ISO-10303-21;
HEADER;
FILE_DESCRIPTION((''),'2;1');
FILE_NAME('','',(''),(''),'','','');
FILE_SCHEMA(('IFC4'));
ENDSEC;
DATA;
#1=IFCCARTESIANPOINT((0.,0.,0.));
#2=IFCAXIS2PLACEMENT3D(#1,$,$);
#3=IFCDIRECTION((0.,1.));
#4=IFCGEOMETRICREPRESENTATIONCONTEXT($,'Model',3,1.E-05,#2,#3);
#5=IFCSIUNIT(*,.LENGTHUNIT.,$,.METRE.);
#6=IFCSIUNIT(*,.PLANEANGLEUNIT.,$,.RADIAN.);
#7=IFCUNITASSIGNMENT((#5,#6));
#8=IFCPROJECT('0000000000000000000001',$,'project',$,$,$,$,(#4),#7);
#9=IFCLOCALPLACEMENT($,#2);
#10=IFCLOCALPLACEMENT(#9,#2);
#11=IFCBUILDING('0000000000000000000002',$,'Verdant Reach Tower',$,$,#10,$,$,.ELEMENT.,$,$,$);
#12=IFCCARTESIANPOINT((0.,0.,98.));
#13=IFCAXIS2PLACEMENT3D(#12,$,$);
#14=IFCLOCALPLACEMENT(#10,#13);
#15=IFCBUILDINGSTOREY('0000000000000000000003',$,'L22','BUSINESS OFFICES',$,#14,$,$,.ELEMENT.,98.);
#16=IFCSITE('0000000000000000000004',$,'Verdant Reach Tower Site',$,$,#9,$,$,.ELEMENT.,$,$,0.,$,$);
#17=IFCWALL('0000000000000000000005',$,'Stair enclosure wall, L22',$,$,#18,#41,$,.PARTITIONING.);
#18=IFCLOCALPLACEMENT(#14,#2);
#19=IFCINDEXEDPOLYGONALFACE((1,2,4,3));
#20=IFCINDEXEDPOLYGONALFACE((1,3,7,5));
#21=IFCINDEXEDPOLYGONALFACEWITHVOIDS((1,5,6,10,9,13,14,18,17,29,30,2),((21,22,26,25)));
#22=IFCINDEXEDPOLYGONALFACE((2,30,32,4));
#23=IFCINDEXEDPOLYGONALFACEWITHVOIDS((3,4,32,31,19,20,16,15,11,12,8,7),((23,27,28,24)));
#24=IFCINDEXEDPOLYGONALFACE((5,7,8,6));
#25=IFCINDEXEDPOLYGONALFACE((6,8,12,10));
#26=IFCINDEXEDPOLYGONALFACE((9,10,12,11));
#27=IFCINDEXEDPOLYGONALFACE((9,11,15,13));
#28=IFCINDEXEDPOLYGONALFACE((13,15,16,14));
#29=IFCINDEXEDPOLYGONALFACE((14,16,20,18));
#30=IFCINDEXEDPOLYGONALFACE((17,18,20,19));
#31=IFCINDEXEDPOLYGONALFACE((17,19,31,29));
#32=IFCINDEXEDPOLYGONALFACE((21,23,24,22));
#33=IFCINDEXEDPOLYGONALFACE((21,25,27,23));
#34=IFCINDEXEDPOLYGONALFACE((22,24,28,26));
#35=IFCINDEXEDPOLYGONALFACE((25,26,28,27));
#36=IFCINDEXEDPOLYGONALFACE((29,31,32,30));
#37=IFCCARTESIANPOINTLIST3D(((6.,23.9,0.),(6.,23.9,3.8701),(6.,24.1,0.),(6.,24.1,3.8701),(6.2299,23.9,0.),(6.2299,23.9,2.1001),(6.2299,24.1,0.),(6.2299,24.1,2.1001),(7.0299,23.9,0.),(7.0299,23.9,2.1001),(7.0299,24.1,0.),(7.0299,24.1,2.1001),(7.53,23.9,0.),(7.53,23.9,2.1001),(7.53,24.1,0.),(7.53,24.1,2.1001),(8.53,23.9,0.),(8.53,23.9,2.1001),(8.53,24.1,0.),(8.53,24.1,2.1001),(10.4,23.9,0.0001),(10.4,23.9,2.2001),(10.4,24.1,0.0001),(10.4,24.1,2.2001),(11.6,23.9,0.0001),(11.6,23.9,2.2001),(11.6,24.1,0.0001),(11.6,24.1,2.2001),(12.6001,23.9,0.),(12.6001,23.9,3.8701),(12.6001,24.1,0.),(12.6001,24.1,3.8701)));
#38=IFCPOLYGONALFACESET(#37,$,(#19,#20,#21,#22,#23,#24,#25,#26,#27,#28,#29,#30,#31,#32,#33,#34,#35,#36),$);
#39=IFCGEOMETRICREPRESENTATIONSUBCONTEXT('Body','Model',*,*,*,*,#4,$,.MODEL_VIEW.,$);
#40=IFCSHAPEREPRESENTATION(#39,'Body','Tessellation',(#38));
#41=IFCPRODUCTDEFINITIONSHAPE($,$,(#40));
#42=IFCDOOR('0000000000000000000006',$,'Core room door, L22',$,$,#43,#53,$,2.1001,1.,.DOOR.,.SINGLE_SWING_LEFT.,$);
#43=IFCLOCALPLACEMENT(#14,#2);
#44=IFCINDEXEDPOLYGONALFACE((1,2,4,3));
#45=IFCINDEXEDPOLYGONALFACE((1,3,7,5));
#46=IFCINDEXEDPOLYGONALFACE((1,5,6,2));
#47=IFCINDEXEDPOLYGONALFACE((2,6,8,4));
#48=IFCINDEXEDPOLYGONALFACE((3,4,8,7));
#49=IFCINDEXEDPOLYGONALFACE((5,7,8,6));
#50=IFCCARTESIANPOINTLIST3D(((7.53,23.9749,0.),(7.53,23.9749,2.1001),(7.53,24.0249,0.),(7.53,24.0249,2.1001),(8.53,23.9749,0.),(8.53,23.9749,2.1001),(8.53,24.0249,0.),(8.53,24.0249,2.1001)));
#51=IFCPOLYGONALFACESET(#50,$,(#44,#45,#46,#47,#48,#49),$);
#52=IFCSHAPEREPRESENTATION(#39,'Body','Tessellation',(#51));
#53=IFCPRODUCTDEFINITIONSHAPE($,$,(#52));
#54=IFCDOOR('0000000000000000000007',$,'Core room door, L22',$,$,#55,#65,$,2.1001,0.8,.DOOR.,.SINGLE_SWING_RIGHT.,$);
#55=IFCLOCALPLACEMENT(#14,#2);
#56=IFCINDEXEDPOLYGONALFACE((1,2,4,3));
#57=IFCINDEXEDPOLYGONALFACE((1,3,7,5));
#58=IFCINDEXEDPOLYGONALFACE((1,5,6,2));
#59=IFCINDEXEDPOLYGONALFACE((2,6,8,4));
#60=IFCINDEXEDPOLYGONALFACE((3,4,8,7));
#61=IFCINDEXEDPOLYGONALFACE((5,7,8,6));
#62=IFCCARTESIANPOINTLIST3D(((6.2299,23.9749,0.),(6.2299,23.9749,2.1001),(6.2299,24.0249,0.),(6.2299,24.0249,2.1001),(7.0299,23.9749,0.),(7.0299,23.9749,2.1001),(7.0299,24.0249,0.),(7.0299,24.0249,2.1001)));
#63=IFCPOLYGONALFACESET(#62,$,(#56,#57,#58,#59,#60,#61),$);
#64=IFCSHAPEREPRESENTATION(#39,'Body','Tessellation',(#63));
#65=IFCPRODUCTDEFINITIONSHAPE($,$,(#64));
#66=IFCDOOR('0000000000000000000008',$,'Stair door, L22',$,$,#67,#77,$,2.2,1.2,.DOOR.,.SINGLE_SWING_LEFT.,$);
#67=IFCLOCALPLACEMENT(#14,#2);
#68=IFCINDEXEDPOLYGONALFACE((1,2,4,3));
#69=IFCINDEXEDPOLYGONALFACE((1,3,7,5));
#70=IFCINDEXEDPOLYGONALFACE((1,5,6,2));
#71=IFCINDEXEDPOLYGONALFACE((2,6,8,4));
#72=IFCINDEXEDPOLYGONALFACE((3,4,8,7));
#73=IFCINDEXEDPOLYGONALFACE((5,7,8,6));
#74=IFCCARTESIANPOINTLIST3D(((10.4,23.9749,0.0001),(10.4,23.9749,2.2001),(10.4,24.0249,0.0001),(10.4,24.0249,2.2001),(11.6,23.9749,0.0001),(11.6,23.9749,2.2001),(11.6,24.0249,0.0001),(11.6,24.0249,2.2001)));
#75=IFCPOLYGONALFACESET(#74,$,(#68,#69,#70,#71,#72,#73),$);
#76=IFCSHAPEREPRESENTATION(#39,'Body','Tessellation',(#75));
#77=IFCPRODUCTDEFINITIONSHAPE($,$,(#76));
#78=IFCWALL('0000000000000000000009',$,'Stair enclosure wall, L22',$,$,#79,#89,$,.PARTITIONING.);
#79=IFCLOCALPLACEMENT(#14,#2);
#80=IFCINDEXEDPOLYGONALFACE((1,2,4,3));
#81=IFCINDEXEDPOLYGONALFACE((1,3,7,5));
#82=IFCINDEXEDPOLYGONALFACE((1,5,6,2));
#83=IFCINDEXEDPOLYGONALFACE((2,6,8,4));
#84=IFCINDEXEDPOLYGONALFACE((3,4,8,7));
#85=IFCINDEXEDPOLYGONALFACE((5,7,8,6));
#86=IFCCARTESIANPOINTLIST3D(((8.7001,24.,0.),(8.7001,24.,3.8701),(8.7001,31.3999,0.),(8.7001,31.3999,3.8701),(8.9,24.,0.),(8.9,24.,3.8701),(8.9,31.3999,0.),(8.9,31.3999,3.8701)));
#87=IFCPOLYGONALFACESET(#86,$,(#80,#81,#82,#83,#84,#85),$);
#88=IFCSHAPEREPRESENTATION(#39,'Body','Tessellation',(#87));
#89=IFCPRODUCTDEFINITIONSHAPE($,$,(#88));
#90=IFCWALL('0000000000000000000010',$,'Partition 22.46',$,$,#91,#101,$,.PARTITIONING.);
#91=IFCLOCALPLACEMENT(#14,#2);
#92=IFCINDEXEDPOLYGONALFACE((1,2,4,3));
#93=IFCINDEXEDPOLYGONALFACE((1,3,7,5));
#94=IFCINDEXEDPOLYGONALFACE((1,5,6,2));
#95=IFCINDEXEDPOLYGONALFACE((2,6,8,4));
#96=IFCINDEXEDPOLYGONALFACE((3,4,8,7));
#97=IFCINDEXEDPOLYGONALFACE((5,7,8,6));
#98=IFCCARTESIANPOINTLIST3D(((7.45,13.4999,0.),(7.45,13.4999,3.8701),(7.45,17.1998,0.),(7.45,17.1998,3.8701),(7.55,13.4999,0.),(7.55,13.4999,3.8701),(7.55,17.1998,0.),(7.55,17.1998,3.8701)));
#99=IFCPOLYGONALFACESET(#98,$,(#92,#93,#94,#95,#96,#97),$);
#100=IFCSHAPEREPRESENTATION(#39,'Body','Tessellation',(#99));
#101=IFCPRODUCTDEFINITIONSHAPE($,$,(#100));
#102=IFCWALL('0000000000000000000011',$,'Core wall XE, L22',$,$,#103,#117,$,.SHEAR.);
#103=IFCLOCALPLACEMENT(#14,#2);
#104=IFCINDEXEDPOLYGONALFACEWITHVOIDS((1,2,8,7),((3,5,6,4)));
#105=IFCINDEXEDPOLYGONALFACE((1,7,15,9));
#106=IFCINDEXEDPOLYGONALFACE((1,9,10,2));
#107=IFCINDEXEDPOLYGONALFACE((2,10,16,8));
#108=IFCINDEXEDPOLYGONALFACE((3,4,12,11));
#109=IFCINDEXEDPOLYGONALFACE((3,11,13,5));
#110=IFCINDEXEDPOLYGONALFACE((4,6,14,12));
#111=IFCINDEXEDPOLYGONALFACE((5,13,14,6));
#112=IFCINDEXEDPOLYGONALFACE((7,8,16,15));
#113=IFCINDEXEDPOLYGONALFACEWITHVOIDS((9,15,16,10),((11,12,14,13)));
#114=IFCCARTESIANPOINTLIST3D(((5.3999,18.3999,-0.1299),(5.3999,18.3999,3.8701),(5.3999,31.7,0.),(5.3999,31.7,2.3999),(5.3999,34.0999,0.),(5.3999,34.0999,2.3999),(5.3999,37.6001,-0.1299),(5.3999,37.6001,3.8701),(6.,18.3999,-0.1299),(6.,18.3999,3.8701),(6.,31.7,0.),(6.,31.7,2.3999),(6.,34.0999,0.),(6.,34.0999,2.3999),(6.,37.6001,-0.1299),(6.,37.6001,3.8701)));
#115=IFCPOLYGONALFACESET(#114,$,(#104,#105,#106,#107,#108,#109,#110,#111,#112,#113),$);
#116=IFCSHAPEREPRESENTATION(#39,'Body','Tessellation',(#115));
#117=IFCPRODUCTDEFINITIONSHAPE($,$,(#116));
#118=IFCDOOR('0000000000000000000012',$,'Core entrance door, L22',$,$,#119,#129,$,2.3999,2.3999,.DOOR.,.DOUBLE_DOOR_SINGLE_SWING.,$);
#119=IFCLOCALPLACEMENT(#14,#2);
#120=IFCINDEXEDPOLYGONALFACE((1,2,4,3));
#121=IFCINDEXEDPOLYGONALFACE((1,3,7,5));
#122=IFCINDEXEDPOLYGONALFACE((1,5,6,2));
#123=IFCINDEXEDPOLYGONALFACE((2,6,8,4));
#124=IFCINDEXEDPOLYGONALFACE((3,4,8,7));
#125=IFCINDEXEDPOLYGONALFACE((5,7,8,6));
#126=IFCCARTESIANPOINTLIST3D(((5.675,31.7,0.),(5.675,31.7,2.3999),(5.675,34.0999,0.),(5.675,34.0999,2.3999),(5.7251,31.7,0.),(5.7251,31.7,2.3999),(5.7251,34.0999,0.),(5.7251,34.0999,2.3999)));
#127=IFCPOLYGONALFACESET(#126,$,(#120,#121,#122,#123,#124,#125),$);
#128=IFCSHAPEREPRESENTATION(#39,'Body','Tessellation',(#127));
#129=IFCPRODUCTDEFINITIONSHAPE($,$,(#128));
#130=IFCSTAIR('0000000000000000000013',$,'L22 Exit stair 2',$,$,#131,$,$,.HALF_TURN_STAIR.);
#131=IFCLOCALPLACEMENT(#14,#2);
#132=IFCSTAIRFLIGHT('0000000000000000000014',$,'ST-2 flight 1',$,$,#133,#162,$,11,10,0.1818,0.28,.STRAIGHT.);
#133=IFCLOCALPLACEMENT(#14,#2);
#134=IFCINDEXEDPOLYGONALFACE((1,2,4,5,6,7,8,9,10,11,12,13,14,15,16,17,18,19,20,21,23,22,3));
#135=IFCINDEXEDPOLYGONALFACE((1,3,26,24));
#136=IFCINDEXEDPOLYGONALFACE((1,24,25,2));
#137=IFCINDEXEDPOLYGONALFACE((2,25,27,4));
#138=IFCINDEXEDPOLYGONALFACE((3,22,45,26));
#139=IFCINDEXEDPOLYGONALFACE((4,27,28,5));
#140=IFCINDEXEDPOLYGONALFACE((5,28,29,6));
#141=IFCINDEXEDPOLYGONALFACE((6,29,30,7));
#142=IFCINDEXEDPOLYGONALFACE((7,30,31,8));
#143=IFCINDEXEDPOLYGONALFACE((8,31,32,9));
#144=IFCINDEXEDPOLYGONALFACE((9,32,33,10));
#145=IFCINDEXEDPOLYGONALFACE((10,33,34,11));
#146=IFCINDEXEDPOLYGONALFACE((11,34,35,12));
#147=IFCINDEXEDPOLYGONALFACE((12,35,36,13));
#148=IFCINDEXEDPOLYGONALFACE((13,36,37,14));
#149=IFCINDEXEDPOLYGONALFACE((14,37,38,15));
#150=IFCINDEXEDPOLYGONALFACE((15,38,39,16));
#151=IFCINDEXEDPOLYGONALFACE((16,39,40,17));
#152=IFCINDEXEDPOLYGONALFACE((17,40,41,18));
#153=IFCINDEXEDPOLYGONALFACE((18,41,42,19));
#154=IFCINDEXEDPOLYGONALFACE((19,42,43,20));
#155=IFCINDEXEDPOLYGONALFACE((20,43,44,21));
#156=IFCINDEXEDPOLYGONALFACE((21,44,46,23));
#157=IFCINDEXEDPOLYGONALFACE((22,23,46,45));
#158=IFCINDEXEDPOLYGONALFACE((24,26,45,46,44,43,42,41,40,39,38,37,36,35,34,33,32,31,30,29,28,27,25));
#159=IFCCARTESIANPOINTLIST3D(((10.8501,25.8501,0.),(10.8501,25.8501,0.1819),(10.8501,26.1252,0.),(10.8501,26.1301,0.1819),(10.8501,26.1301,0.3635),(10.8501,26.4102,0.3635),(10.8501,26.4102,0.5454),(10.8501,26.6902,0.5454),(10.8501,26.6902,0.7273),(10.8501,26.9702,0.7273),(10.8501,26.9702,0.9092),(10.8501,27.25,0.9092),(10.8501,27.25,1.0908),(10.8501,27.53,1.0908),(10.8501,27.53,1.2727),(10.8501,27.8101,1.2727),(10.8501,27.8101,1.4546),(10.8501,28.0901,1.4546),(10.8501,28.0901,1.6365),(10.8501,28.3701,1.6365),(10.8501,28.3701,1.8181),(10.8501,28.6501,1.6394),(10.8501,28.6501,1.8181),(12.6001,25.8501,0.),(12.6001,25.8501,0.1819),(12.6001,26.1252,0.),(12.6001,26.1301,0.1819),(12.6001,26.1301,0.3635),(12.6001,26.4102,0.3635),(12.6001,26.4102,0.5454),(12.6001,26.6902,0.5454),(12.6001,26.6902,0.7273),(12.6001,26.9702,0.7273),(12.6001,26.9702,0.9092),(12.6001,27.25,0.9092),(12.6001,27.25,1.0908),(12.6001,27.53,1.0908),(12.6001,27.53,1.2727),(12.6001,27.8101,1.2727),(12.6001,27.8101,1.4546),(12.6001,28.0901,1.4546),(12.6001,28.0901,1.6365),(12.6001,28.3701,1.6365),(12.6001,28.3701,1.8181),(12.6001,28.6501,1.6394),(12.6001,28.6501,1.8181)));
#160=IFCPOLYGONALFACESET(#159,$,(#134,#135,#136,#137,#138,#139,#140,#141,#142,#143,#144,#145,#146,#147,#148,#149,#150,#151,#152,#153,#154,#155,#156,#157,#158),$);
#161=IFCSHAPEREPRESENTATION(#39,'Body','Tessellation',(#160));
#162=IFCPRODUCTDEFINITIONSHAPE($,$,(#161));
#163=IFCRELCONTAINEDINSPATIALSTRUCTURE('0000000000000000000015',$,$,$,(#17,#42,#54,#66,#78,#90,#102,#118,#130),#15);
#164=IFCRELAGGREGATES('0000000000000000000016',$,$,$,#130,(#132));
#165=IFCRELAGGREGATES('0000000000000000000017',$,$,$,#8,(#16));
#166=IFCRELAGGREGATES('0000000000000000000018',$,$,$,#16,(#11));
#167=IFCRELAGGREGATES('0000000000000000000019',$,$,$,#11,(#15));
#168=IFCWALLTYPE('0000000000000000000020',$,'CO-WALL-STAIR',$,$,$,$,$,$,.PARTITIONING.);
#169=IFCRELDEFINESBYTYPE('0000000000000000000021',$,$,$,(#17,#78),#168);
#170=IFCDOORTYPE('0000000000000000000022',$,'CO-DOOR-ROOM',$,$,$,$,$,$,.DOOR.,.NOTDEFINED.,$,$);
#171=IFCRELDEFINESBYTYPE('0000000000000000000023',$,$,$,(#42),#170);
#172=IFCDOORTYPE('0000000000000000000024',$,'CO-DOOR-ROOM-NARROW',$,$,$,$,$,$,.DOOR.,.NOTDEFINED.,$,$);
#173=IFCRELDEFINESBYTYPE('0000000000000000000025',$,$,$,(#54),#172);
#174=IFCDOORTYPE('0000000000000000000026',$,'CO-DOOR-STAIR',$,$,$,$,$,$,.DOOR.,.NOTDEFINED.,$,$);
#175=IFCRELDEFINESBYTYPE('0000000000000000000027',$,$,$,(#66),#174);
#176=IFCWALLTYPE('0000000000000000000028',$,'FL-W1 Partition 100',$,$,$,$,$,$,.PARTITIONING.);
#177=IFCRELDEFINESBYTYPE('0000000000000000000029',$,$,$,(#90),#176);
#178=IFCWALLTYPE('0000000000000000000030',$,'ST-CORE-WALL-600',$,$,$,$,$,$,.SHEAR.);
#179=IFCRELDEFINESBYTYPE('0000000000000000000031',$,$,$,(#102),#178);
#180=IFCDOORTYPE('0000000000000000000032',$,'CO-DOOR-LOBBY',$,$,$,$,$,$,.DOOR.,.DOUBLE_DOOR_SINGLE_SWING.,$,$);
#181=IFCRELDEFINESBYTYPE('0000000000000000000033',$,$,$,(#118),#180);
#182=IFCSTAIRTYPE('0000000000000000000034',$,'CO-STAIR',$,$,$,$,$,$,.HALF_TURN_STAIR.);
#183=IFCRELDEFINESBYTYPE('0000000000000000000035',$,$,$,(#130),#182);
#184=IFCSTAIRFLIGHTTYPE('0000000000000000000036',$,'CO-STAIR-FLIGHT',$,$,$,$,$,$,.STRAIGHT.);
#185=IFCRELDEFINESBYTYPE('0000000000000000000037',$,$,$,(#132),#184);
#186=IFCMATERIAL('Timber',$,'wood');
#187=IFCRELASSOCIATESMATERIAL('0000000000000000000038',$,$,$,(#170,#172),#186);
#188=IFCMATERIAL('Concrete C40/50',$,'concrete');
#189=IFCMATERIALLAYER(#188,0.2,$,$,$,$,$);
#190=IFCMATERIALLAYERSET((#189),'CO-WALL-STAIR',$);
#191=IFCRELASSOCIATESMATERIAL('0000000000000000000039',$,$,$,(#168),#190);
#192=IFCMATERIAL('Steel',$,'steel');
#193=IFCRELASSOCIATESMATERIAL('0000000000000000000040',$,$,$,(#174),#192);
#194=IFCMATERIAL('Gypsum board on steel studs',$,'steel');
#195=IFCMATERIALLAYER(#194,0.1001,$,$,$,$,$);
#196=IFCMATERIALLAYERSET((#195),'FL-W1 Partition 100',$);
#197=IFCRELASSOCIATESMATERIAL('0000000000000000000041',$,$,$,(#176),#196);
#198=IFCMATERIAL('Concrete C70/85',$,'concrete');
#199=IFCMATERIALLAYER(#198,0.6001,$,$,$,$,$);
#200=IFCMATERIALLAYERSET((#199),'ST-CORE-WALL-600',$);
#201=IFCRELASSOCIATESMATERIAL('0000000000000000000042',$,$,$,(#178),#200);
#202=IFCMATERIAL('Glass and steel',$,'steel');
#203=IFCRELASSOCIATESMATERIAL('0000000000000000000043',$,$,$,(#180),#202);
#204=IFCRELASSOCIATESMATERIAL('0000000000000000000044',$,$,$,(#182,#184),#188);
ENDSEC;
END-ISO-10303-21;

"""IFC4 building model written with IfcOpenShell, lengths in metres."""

from ifc_helpers import new_model, si_unit, direction, frame, frame_2d, origin, place, context, subcontext, project, spatial, polyline, rectangle, outline, extrude, material, layer, layer_set, type_object, element, fill, aggregate, save


model = new_model("IFC4")

# Units and contexts
model_context = context("Model", 3, precision=1e-05, world=origin(), true_north=direction((0.0, 1.0)))
body_context = subcontext(model_context, "Body", "Model", "MODEL_VIEW")
ifc_project = project(units=[si_unit("LENGTHUNIT", "METRE"), si_unit("PLANEANGLEUNIT", "RADIAN")], contexts=[model_context])

# Site, building, storey
site_placement = place(None, origin())
site = spatial("IfcSite", under=ifc_project, at=site_placement, Name="Verdant Reach Tower Site", CompositionType="ELEMENT", RefElevation=0.0)
building_placement = place(site_placement, origin())
building = spatial("IfcBuilding", under=site, at=building_placement, Name="Verdant Reach Tower", CompositionType="ELEMENT")
storey_placement = place(building_placement, frame((0.0, 0.0, 98.0)))
storey = spatial("IfcBuildingStorey", under=building, at=storey_placement, Name="L22", Description="BUSINESS OFFICES", CompositionType="ELEMENT", Elevation=98.0)

# Shared definitions
ifc_material_1 = material(Name="Gypsum board on steel studs", Category="steel")
ifc_material_2 = material(Name="Timber", Category="wood")
door_type_1 = type_object("IfcDoorType", Name="CO-DOOR-ROOM", OperationType="NOTDEFINED", PredefinedType="DOOR", material=ifc_material_2)

# Shared definitions
ifc_material_3 = material(Name="Concrete C40/50", Category="concrete")

# Wall, openings, doors
ifc_layer_1 = layer(ifc_material_3, 0.2)
ifc_layer_set_1 = layer_set([ifc_layer_1], Name="CO-WALL-STAIR")
wall_type_1 = type_object("IfcWallType", Name="CO-WALL-STAIR", PredefinedType="PARTITIONING", material=ifc_layer_set_1)
wall_1_placement = place(storey_placement, frame((6.0, 24.0, 0.0), z_axis=(0.0, 0.0, 1.0), x_axis=(1.0, 0.0, 0.0)))
wall_1 = element("IfcWall", 1, at=wall_1_placement, inside=storey, type_object=wall_type_1, Name="Stair enclosure wall, L22", PredefinedType="PARTITIONING", context=body_context, shape_type="SweptSolid", body=[
    extrude(rectangle(XDim=6.6001, YDim=0.2, at=frame_2d((3.3, 0.0))), origin(), (0.0, 0.0, 1.0), 3.8701),
])
opening_1_placement = place(wall_1_placement, frame((0.23, 0.0, 0.0)))
opening_1 = element("IfcOpeningElement", 2, at=opening_1_placement, cuts=wall_1, PredefinedType="OPENING", context=body_context, shape_type="SweptSolid", body=[
    extrude(rectangle(XDim=0.8, YDim=2.1001, at=frame_2d((0.3999, 1.05))), frame((0.0, 0.1099, 0.0), z_axis=(0.0, -1.0, 0.0), x_axis=(1.0, 0.0, 0.0)), (0.0, 0.0, 1.0), 0.22),
])
opening_2_placement = place(wall_1_placement, frame((1.53, 0.0, 0.0)))
opening_2 = element("IfcOpeningElement", 3, at=opening_2_placement, cuts=wall_1, PredefinedType="OPENING", context=body_context, shape_type="SweptSolid", body=[
    extrude(rectangle(XDim=1.0, YDim=2.1001, at=frame_2d((0.5, 1.05))), frame((0.0, 0.1099, 0.0), z_axis=(0.0, -1.0, 0.0), x_axis=(1.0, 0.0, 0.0)), (0.0, 0.0, 1.0), 0.22),
])
opening_3_placement = place(wall_1_placement, frame((4.3999, 0.0, 0.0)))
opening_3 = element("IfcOpeningElement", 4, at=opening_3_placement, cuts=wall_1, PredefinedType="OPENING", context=body_context, shape_type="SweptSolid", body=[
    extrude(rectangle(XDim=1.2, YDim=2.2, at=frame_2d((0.6001, 1.1001))), frame((0.0, 0.1099, 0.0), z_axis=(0.0, -1.0, 0.0), x_axis=(1.0, 0.0, 0.0)), (0.0, 0.0, 1.0), 0.22),
])
door_1_placement = place(opening_2_placement, origin())
door_1 = element("IfcDoor", 5, at=door_1_placement, inside=storey, type_object=door_type_1, Name="Core room door, L22", OperationType="SINGLE_SWING_LEFT", OverallHeight=2.1001, OverallWidth=1.0, PredefinedType="DOOR", context=body_context, shape_type="SweptSolid", body=[
    extrude(rectangle(XDim=1.0, YDim=2.1001, at=frame_2d((0.5, 1.05))), frame((0.0, 0.0249, 0.0), z_axis=(0.0, -1.0, 0.0), x_axis=(1.0, 0.0, 0.0)), (0.0, 0.0, 1.0), 0.05),
])
fill(opening_2, door_1)
door_type_2 = type_object("IfcDoorType", Name="CO-DOOR-ROOM-NARROW", OperationType="NOTDEFINED", PredefinedType="DOOR", material=ifc_material_2)
door_2_placement = place(opening_1_placement, origin())
door_2 = element("IfcDoor", 6, at=door_2_placement, inside=storey, type_object=door_type_2, Name="Core room door, L22", OperationType="SINGLE_SWING_RIGHT", OverallHeight=2.1001, OverallWidth=0.8, PredefinedType="DOOR", context=body_context, shape_type="SweptSolid", body=[
    extrude(rectangle(XDim=0.8, YDim=2.1001, at=frame_2d((0.3999, 1.05))), frame((0.0, 0.0249, 0.0), z_axis=(0.0, -1.0, 0.0), x_axis=(1.0, 0.0, 0.0)), (0.0, 0.0, 1.0), 0.05),
])
fill(opening_1, door_2)
ifc_material_4 = material(Name="Steel", Category="steel")
door_type_3 = type_object("IfcDoorType", Name="CO-DOOR-STAIR", OperationType="NOTDEFINED", PredefinedType="DOOR", material=ifc_material_4)
door_3_placement = place(opening_3_placement, origin())
door_3 = element("IfcDoor", 7, at=door_3_placement, inside=storey, type_object=door_type_3, Name="Stair door, L22", OperationType="SINGLE_SWING_LEFT", OverallHeight=2.2, OverallWidth=1.2, PredefinedType="DOOR", context=body_context, shape_type="SweptSolid", body=[
    extrude(rectangle(XDim=1.2, YDim=2.2, at=frame_2d((0.6001, 1.1001))), frame((0.0, 0.0249, 0.0), z_axis=(0.0, -1.0, 0.0), x_axis=(1.0, 0.0, 0.0)), (0.0, 0.0, 1.0), 0.05),
])
fill(opening_3, door_3)

# Walls
wall_2_placement = place(storey_placement, frame((8.8, 24.0, 0.0), z_axis=(0.0, 0.0, 1.0), x_axis=(0.0, 1.0, 0.0)))
element("IfcWall", 8, at=wall_2_placement, inside=storey, type_object=wall_type_1, Name="Stair enclosure wall, L22", PredefinedType="PARTITIONING", context=body_context, shape_type="SweptSolid", body=[
    extrude(rectangle(XDim=7.3999, YDim=0.2, at=frame_2d((3.7, 0.0))), origin(), (0.0, 0.0, 1.0), 3.8701),
])
ifc_layer_2 = layer(ifc_material_1, 0.1001)
ifc_layer_set_2 = layer_set([ifc_layer_2], Name="FL-W1 Partition 100")
wall_type_2 = type_object("IfcWallType", Name="FL-W1 Partition 100", PredefinedType="PARTITIONING", material=ifc_layer_set_2)
wall_3_placement = place(storey_placement, frame((7.5, 17.2, 0.0), z_axis=(0.0, 0.0, 1.0), x_axis=(0.0, -1.0, 0.0)))
element("IfcWall", 9, at=wall_3_placement, inside=storey, type_object=wall_type_2, Name="Partition 22.46", PredefinedType="PARTITIONING", context=body_context, shape_type="SweptSolid", body=[
    extrude(rectangle(XDim=3.7, YDim=0.1001, at=frame_2d((1.8501, 0.0))), origin(), (0.0, 0.0, 1.0), 3.8701),
])

# Wall, opening, door
ifc_material_5 = material(Name="Concrete C70/85", Category="concrete")
ifc_layer_3 = layer(ifc_material_5, 0.6001)
ifc_layer_set_3 = layer_set([ifc_layer_3], Name="ST-CORE-WALL-600")
wall_type_3 = type_object("IfcWallType", Name="ST-CORE-WALL-600", PredefinedType="SHEAR", material=ifc_layer_set_3)
wall_4_placement = place(storey_placement, frame((5.7, 18.3999, -0.1299), z_axis=(0.0, 0.0, 1.0), x_axis=(0.0, 1.0, 0.0)))
wall_4 = element("IfcWall", 10, at=wall_4_placement, inside=storey, type_object=wall_type_3, Name="Core wall XE, L22", PredefinedType="SHEAR", context=body_context, shape_type="SweptSolid", body=[
    extrude(rectangle(XDim=19.2002, YDim=0.6001, at=frame_2d((9.6001, 0.0))), origin(), (0.0, 0.0, 1.0), 4.0),
])
opening_4_placement = place(wall_4_placement, frame((13.3, 0.0, 0.1299)))
opening_4 = element("IfcOpeningElement", 11, at=opening_4_placement, cuts=wall_4, PredefinedType="OPENING", context=body_context, shape_type="SweptSolid", body=[
    extrude(rectangle(XDim=2.3999, YDim=2.3999, at=frame_2d((1.2, 1.2))), frame((0.0, 0.3101, 0.0), z_axis=(0.0, -1.0, 0.0), x_axis=(1.0, 0.0, 0.0)), (0.0, 0.0, 1.0), 0.6201),
])
ifc_material_6 = material(Name="Glass and steel", Category="steel")
door_type_4 = type_object("IfcDoorType", Name="CO-DOOR-LOBBY", OperationType="DOUBLE_DOOR_SINGLE_SWING", PredefinedType="DOOR", material=ifc_material_6)
door_4_placement = place(opening_4_placement, origin())
door_4 = element("IfcDoor", 12, at=door_4_placement, inside=storey, type_object=door_type_4, Name="Core entrance door, L22", OperationType="DOUBLE_DOOR_SINGLE_SWING", OverallHeight=2.3999, OverallWidth=2.3999, PredefinedType="DOOR", context=body_context, shape_type="SweptSolid", body=[
    extrude(rectangle(XDim=2.3999, YDim=2.3999, at=frame_2d((1.2, 1.2))), frame((0.0, 0.0249, 0.0), z_axis=(0.0, -1.0, 0.0), x_axis=(1.0, 0.0, 0.0)), (0.0, 0.0, 1.0), 0.05),
])
fill(opening_4, door_4)

# Stair, stair flight
stair_type = type_object("IfcStairType", Name="CO-STAIR", PredefinedType="HALF_TURN_STAIR", material=ifc_material_3)
stair_placement = place(storey_placement, origin())
stair = element("IfcStair", 13, at=stair_placement, inside=storey, type_object=stair_type, Name="L22 Exit stair 2", PredefinedType="HALF_TURN_STAIR")
stair_flight_type = type_object("IfcStairFlightType", Name="CO-STAIR-FLIGHT", PredefinedType="STRAIGHT", material=ifc_material_3)
stair_flight_placement = place(storey_placement, frame((11.7251, 25.8501, 0.0), z_axis=(0.0, 0.0, 1.0), x_axis=(0.0, 1.0, 0.0)))
stair_flight = element("IfcStairFlight", 14, at=stair_flight_placement, type_object=stair_flight_type, Name="ST-2 flight 1", NumberOfRisers=11, NumberOfTreads=10, PredefinedType="STRAIGHT", RiserHeight=0.1818, TreadLength=0.28, context=body_context, shape_type="SweptSolid", body=[
    extrude(outline(polyline([(0.0, 0.0), (0.0, 0.1819), (0.28, 0.1819), (0.28, 0.3635), (0.5601, 0.3635), (0.5601, 0.5454), (0.8401, 0.5454), (0.8401, 0.7273), (1.1201, 0.7273), (1.1201, 0.9092), (1.3999, 0.9092), (1.3999, 1.0908), (1.6799, 1.0908), (1.6799, 1.2727), (1.96, 1.2727), (1.96, 1.4546), (2.24, 1.4546), (2.24, 1.6365), (2.52, 1.6365), (2.52, 1.8181), (2.8, 1.8181), (2.8, 2.0), (2.8, 1.6394), (0.2751, 0.0), (0.0, 0.0)])), frame((0.0, 0.875, 0.0), z_axis=(0.0, -1.0, 0.0), x_axis=(1.0, 0.0, 0.0)), (0.0, 0.0, 1.0), 1.75),
])
aggregate(stair, [stair_flight])

save(model, "model.ifc")
